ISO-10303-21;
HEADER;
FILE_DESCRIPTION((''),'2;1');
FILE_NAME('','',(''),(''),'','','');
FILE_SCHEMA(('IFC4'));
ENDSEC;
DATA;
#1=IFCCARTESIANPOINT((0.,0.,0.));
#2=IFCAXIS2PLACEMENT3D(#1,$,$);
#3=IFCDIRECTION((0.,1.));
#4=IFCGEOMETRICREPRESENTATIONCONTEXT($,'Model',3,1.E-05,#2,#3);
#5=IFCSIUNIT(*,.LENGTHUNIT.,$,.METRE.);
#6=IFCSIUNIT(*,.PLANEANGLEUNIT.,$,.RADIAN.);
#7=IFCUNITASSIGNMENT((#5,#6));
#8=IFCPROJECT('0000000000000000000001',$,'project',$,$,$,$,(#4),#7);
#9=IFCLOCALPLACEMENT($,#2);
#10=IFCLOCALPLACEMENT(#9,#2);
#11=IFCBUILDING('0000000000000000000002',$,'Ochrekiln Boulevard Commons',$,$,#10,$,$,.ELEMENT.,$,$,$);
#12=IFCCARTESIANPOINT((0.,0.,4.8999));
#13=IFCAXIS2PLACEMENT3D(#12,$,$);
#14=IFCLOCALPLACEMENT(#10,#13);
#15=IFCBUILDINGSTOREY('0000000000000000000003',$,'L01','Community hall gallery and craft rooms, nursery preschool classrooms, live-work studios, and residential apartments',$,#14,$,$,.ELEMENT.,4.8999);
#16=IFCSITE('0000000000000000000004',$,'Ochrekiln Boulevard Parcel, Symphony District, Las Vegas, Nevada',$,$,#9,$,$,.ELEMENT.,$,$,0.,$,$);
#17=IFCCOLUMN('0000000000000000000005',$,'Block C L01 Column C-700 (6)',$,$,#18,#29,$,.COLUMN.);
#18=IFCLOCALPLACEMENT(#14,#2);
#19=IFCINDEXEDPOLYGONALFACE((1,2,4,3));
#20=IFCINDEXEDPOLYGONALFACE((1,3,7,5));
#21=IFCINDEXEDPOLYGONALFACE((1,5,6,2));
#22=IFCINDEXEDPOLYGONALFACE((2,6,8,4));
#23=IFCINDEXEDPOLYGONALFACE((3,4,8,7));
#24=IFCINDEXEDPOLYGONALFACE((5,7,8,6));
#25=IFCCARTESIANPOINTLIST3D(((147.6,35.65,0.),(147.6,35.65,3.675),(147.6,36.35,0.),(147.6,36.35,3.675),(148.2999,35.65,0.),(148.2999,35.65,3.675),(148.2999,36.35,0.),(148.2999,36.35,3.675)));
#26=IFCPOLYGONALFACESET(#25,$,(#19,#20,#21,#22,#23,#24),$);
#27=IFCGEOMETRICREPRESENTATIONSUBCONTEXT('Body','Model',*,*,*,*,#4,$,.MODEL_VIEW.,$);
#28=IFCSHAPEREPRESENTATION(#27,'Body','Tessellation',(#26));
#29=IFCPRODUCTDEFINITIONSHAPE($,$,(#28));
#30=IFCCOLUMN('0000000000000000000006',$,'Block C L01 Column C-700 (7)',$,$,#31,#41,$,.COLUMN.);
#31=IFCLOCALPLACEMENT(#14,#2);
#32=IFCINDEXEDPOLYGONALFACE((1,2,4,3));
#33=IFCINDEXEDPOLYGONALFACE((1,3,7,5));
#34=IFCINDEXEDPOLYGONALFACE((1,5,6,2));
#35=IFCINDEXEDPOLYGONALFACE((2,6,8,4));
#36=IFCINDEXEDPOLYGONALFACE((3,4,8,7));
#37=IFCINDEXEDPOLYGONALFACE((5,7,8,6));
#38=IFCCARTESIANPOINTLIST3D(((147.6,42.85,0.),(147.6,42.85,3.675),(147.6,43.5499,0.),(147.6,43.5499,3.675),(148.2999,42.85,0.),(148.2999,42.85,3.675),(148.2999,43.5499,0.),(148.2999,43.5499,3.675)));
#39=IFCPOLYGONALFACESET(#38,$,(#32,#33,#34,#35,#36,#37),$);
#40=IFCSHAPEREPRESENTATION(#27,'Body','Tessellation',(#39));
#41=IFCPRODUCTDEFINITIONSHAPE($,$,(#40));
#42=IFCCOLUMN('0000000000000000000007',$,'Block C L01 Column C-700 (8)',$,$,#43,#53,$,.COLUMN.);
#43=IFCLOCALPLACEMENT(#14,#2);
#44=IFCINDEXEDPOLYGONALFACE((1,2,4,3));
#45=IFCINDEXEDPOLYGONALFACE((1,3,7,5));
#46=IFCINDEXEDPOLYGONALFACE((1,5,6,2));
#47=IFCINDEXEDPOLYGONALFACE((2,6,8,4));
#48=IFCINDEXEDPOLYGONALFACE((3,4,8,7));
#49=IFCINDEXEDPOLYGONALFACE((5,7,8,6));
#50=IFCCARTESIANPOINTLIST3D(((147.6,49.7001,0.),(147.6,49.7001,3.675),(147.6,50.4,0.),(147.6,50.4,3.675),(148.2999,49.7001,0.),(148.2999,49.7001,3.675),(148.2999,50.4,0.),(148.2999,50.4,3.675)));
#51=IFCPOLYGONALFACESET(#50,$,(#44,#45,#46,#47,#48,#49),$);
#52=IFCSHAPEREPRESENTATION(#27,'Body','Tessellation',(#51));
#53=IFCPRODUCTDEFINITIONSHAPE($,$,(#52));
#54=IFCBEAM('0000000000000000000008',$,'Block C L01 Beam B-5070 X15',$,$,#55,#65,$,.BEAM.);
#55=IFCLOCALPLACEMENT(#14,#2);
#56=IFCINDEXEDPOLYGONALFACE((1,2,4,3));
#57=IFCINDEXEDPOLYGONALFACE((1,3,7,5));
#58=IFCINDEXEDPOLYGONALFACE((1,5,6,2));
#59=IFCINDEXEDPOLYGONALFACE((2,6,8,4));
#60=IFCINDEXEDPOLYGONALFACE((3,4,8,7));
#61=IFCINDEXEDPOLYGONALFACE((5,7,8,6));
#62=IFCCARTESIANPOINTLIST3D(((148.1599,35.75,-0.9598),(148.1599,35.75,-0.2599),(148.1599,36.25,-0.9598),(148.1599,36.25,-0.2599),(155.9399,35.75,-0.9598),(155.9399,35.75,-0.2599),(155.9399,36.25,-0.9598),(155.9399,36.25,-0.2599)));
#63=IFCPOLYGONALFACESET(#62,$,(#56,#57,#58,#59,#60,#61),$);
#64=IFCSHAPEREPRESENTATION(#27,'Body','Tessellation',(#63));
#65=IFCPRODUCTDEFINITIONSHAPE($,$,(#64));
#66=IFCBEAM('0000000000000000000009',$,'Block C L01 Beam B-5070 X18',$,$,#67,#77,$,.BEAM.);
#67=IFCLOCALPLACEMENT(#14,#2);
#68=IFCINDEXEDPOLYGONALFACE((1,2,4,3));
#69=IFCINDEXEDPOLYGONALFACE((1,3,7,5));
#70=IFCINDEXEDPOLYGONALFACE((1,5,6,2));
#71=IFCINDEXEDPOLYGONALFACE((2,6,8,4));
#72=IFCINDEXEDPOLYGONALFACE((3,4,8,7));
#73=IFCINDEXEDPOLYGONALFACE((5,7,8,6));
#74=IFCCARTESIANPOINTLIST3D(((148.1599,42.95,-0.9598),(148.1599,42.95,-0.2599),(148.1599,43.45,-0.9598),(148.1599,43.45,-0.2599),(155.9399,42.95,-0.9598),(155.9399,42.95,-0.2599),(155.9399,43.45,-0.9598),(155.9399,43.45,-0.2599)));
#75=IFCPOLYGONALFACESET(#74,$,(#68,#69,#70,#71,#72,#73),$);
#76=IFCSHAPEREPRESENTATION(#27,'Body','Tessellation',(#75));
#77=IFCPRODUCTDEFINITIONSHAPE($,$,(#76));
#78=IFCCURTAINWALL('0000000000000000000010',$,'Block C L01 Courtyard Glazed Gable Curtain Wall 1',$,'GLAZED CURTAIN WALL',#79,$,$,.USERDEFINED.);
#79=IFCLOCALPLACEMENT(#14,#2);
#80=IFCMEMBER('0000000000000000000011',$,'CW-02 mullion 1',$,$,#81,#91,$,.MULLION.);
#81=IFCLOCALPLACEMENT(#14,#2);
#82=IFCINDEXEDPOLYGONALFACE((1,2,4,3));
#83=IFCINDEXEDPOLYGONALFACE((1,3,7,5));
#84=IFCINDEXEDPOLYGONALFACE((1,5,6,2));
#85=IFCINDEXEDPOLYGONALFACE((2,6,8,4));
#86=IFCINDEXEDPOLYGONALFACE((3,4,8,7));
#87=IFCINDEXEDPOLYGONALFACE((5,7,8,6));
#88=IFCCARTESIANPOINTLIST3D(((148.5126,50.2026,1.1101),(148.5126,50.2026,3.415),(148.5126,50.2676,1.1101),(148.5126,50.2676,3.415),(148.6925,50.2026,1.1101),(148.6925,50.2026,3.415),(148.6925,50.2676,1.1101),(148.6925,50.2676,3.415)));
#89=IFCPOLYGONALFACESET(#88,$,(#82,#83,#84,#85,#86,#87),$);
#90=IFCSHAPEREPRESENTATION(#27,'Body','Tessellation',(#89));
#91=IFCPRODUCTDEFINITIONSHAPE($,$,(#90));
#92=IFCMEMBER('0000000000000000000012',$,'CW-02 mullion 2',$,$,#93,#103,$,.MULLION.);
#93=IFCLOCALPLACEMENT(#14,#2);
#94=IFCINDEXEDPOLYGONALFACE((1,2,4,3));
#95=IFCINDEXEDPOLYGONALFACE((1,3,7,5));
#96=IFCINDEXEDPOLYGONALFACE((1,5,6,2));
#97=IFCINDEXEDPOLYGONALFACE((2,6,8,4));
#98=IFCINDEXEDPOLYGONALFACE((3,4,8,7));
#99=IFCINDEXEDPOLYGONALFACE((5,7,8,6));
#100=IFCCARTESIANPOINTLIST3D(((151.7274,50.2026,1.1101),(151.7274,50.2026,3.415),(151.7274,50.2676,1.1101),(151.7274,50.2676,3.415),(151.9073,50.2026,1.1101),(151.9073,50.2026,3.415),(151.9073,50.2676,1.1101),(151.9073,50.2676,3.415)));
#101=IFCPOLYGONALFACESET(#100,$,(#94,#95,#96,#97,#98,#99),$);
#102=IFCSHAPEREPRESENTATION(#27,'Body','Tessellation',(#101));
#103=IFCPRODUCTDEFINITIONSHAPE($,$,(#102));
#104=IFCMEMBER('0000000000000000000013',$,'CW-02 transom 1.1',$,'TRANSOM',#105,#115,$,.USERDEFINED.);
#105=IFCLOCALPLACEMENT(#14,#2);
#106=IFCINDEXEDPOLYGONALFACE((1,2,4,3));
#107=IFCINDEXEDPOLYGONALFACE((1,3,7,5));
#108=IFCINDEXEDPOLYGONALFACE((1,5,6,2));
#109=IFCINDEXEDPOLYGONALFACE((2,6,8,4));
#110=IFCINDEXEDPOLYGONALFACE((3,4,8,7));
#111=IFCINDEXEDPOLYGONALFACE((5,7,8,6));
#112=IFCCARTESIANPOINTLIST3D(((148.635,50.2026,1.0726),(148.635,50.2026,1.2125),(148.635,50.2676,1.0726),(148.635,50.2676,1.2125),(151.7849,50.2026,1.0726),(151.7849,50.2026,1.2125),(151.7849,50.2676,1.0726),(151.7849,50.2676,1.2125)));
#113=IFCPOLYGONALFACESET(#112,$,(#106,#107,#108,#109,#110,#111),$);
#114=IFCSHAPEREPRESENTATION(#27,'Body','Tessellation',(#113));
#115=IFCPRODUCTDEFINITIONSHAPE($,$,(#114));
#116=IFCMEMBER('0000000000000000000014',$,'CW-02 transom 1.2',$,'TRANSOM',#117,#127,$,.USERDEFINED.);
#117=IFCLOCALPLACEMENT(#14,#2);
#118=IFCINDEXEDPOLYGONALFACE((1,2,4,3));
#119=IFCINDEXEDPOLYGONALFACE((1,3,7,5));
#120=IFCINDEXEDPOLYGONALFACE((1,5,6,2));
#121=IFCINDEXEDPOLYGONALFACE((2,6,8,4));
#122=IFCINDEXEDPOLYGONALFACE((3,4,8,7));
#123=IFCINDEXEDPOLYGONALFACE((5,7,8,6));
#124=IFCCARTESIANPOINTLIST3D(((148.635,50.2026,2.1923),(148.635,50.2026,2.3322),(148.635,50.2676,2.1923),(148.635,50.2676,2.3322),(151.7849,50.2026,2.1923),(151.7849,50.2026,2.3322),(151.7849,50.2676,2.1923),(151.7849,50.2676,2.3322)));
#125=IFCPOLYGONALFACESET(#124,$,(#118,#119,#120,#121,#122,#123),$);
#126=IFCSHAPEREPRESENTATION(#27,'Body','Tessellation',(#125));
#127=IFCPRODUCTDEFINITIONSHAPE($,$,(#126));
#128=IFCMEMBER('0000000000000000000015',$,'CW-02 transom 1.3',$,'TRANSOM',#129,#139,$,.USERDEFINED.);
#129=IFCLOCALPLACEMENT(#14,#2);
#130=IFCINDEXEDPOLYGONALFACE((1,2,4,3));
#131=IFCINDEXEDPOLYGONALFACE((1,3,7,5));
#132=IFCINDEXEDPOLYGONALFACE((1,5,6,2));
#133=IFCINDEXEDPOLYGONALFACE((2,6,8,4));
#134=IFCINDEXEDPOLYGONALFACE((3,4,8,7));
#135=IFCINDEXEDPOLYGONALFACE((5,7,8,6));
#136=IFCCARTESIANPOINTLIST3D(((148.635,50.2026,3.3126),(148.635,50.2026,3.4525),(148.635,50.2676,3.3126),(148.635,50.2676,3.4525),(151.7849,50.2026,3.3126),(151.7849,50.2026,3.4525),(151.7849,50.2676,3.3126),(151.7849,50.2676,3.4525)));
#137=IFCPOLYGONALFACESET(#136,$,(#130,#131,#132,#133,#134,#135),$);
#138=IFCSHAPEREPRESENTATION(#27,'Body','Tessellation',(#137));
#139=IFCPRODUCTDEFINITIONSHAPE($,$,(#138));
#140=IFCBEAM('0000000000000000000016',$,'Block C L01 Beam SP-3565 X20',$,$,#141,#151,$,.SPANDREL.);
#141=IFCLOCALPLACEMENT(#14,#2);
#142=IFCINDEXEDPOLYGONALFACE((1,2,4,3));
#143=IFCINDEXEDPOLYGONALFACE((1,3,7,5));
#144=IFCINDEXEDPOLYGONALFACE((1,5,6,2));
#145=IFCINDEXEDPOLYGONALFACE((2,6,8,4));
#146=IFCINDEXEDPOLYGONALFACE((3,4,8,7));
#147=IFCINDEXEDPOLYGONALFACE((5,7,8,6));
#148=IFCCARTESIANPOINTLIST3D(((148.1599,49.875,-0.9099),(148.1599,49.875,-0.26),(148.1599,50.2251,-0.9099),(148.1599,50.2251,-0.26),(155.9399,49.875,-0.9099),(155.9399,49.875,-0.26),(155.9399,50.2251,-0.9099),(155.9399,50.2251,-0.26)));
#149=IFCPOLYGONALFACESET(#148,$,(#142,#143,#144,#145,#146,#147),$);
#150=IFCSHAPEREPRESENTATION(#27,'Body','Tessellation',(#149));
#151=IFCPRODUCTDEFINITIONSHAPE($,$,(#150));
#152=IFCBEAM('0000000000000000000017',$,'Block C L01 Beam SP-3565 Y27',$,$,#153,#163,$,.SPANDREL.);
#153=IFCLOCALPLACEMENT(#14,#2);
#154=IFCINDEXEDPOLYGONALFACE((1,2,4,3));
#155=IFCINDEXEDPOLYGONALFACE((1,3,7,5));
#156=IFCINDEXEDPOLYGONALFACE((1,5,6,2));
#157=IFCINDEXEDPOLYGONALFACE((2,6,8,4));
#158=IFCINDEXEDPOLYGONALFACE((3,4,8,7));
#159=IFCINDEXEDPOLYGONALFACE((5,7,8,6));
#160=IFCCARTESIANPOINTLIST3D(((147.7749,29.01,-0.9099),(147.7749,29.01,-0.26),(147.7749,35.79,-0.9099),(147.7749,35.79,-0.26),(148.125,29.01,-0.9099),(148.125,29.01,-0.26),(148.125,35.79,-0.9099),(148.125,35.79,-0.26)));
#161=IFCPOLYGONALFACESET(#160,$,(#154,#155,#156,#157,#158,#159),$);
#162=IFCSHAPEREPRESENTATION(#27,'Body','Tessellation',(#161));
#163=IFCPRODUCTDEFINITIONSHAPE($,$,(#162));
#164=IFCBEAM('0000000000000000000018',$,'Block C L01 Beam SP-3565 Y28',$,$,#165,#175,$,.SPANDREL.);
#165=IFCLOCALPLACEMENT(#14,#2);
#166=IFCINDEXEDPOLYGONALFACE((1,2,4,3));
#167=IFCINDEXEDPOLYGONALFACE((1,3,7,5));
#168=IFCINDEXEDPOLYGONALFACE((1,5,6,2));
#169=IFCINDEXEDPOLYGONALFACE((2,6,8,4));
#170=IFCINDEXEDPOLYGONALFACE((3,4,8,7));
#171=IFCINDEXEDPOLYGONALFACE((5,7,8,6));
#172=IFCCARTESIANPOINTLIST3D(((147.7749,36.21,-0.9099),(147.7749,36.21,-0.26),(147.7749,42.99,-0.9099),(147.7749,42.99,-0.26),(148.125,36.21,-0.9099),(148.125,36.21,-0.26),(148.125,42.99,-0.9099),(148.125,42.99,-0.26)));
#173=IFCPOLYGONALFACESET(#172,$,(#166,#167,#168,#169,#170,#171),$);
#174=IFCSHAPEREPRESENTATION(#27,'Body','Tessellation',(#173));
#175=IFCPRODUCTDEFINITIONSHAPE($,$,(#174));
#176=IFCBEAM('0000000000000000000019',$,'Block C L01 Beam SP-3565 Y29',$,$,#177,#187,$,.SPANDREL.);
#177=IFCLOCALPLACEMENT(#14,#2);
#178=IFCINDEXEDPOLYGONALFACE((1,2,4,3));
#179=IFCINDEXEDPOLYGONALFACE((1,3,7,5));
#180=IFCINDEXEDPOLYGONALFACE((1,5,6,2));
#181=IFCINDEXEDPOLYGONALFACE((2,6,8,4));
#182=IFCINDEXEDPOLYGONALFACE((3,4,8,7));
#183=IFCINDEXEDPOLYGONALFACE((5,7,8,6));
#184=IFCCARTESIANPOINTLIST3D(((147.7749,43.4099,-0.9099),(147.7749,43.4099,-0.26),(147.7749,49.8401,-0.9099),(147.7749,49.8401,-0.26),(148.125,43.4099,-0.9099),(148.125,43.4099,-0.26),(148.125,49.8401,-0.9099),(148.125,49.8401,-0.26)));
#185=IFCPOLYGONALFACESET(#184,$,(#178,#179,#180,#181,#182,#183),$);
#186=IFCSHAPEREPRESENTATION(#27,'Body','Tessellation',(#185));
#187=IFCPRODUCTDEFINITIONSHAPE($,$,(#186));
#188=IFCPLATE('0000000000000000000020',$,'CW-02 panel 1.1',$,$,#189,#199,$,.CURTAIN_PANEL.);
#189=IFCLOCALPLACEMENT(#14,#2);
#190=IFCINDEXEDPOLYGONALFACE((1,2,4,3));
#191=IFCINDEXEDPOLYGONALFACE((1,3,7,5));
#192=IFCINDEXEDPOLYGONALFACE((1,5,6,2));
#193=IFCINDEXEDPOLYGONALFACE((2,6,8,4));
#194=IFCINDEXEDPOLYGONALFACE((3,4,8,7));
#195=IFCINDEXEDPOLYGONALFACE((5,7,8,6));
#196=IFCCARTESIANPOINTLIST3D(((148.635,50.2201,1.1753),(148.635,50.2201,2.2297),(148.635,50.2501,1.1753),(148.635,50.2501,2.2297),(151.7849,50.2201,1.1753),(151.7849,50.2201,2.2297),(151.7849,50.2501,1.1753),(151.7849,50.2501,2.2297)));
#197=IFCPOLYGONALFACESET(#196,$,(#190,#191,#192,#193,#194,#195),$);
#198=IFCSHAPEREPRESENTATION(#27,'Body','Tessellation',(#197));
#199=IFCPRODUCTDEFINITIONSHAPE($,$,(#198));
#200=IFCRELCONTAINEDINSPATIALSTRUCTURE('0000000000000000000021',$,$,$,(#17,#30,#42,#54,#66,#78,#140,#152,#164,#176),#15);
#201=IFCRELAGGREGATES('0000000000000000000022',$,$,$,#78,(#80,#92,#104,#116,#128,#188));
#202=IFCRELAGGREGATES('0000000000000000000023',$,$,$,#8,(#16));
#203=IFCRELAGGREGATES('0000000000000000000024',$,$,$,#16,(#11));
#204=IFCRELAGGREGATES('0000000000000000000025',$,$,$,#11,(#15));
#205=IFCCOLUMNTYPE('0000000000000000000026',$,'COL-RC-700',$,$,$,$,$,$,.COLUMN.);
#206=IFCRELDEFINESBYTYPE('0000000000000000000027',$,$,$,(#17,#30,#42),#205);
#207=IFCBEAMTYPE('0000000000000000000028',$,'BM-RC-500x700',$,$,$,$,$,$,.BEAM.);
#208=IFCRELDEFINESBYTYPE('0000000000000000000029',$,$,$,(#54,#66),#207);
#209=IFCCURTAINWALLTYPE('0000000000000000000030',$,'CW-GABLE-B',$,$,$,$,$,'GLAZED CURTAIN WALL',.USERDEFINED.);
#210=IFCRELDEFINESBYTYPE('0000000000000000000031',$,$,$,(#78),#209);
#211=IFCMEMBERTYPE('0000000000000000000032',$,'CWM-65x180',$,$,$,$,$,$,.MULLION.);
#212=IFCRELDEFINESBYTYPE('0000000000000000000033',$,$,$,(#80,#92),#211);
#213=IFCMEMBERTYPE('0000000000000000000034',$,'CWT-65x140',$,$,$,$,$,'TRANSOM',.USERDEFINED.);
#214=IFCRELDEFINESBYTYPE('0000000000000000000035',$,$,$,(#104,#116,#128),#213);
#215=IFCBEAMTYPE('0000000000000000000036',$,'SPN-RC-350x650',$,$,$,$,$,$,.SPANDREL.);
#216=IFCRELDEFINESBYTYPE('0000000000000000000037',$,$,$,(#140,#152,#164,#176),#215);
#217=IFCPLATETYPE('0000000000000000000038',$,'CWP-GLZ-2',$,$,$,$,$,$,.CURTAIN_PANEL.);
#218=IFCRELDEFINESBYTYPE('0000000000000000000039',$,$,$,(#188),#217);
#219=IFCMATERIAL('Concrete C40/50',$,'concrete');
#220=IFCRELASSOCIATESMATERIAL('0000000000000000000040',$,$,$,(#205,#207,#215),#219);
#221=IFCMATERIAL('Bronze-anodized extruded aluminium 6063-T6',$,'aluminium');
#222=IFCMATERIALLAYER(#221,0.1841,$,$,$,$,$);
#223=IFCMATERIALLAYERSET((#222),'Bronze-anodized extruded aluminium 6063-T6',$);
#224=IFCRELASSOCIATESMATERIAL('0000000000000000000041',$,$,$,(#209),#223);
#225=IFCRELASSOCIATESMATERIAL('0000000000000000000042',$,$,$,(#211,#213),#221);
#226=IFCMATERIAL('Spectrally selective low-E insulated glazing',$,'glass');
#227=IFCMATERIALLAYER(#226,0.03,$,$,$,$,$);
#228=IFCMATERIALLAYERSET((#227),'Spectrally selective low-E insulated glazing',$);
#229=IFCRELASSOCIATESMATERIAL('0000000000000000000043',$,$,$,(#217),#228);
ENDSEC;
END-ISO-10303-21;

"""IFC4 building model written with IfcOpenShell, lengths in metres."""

from ifc_helpers import new_model, si_unit, direction, frame, origin, origin_2d, place, context, subcontext, project, spatial, rectangle, extrude, material, layer, layer_set, material_profile, profile_set, type_object, element, aggregate, save


model = new_model("IFC4")

# Units and contexts
model_context = context("Model", 3, precision=1e-05, world=origin(), true_north=direction((0.0, 1.0)))
body_context = subcontext(model_context, "Body", "Model", "MODEL_VIEW")
ifc_project = project(units=[si_unit("LENGTHUNIT", "METRE"), si_unit("PLANEANGLEUNIT", "RADIAN")], contexts=[model_context])

# Site, building, storey
site_placement = place(None, origin())
site = spatial("IfcSite", under=ifc_project, at=site_placement, Name="Ochrekiln Boulevard Parcel, Symphony District, Las Vegas, Nevada", CompositionType="ELEMENT", RefElevation=0.0)
building_placement = place(site_placement, origin())
building = spatial("IfcBuilding", under=site, at=building_placement, Name="Ochrekiln Boulevard Commons", CompositionType="ELEMENT")
storey_placement = place(building_placement, frame((0.0, 0.0, 4.8999)))
storey = spatial("IfcBuildingStorey", under=building, at=storey_placement, Name="L01", Description="Community hall gallery and craft rooms, nursery preschool classrooms, live-work studios, and residential apartments", CompositionType="ELEMENT", Elevation=4.8999)

# Columns
ifc_material_1 = material(Name="Concrete C40/50", Category="concrete")
ifc_material_profile_1 = material_profile(ifc_material_1, rectangle(XDim=0.7, YDim=0.7, at=origin_2d()), Name="RC-COL-700x700")
ifc_profile_set_1 = profile_set([ifc_material_profile_1], Name="Concrete C40/50")
column_type = type_object("IfcColumnType", Name="COL-RC-700", PredefinedType="COLUMN", material=ifc_profile_set_1)
for number, where, z_axis, x_axis, name in (
    (1, (147.95, 36.0, 0.0), (0.0, 0.0, 1.0), (1.0, 0.0, 0.0), "Block C L01 Column C-700 (6)"),
    (2, (147.95, 43.2, 0.0), (0.0, 0.0, 1.0), (1.0, 0.0, 0.0), "Block C L01 Column C-700 (7)"),
    (3, (147.95, 50.05, 0.0), (0.0, 0.0, 1.0), (1.0, 0.0, 0.0), "Block C L01 Column C-700 (8)"),
):
    element("IfcColumn", number, at=place(storey_placement, frame(where, z_axis=z_axis, x_axis=x_axis)), inside=storey, type_object=column_type, Name=name, PredefinedType="COLUMN", context=body_context, shape_type="SweptSolid", body=[
        extrude(rectangle(XDim=0.7, YDim=0.7, at=origin_2d()), origin(), (0.0, 0.0, 1.0), 3.675),
    ])

# Beams
ifc_material_profile_2 = material_profile(ifc_material_1, rectangle(XDim=0.5, YDim=0.7, at=origin_2d()), Name="RC-BM-500x700")
ifc_profile_set_2 = profile_set([ifc_material_profile_2], Name="Concrete C40/50")
beam_type_1 = type_object("IfcBeamType", Name="BM-RC-500x700", PredefinedType="BEAM", material=ifc_profile_set_2)
for number, where, z_axis, x_axis, name in (
    (4, (148.1599, 36.0, -0.6099), (1.0, 0.0, 0.0), (0.0, 1.0, 0.0), "Block C L01 Beam B-5070 X15"),
    (5, (148.1599, 43.2, -0.6099), (1.0, 0.0, 0.0), (0.0, 1.0, 0.0), "Block C L01 Beam B-5070 X18"),
):
    element("IfcBeam", number, at=place(storey_placement, frame(where, z_axis=z_axis, x_axis=x_axis)), inside=storey, type_object=beam_type_1, Name=name, PredefinedType="BEAM", context=body_context, shape_type="SweptSolid", body=[
        extrude(rectangle(XDim=0.5, YDim=0.7, at=origin_2d()), origin(), (0.0, 0.0, 1.0), 7.78),
    ])

# Curtain wall, members
ifc_material_2 = material(Name="Bronze-anodized extruded aluminium 6063-T6", Category="aluminium")
ifc_layer_1 = layer(ifc_material_2, 0.1841)
ifc_layer_set_1 = layer_set([ifc_layer_1], Name="Bronze-anodized extruded aluminium 6063-T6")
curtain_wall_type = type_object("IfcCurtainWallType", Name="CW-GABLE-B", ElementType="GLAZED CURTAIN WALL", PredefinedType="USERDEFINED", material=ifc_layer_set_1)
curtain_wall_placement = place(storey_placement, origin())
curtain_wall = element("IfcCurtainWall", 6, at=curtain_wall_placement, inside=storey, type_object=curtain_wall_type, Name="Block C L01 Courtyard Glazed Gable Curtain Wall 1", ObjectType="GLAZED CURTAIN WALL", PredefinedType="USERDEFINED")
ifc_material_profile_3 = material_profile(ifc_material_2, rectangle(XDim=0.0649, YDim=0.1799, at=origin_2d()), Name="ALU-MUL-65x180")
ifc_profile_set_3 = profile_set([ifc_material_profile_3], Name="Bronze-anodized extruded aluminium 6063-T6")
member_type_1 = type_object("IfcMemberType", Name="CWM-65x180", PredefinedType="MULLION", material=ifc_profile_set_3)
member_1_placement = place(storey_placement, frame((148.6025, 50.2351, 1.1101), z_axis=(0.0, 0.0, 1.0), x_axis=(0.0, 1.0, 0.0)))
member_1 = element("IfcMember", 7, at=member_1_placement, type_object=member_type_1, Name="CW-02 mullion 1", PredefinedType="MULLION", context=body_context, shape_type="SweptSolid", body=[
    extrude(rectangle(XDim=0.0649, YDim=0.1799, at=origin_2d()), origin(), (0.0, 0.0, 1.0), 2.3049),
])
member_2_placement = place(storey_placement, frame((151.8174, 50.2351, 1.1101), z_axis=(0.0, 0.0, 1.0), x_axis=(0.0, 1.0, 0.0)))
member_2 = element("IfcMember", 8, at=member_2_placement, type_object=member_type_1, Name="CW-02 mullion 2", PredefinedType="MULLION", context=body_context, shape_type="SweptSolid", body=[
    extrude(rectangle(XDim=0.0649, YDim=0.1799, at=origin_2d()), origin(), (0.0, 0.0, 1.0), 2.3049),
])
ifc_material_profile_4 = material_profile(ifc_material_2, rectangle(XDim=0.0649, YDim=0.1399, at=origin_2d()), Name="ALU-TRN-65x140")
ifc_profile_set_4 = profile_set([ifc_material_profile_4], Name="Bronze-anodized extruded aluminium 6063-T6")
member_type_2 = type_object("IfcMemberType", Name="CWT-65x140", ElementType="TRANSOM", PredefinedType="USERDEFINED", material=ifc_profile_set_4)
member_3_placement = place(storey_placement, frame((148.635, 50.2351, 1.1426), z_axis=(1.0, 0.0, 0.0), x_axis=(0.0, 1.0, 0.0)))
member_3 = element("IfcMember", 9, at=member_3_placement, type_object=member_type_2, Name="CW-02 transom 1.1", ObjectType="TRANSOM", PredefinedType="USERDEFINED", context=body_context, shape_type="SweptSolid", body=[
    extrude(rectangle(XDim=0.0649, YDim=0.1399, at=origin_2d()), origin(), (0.0, 0.0, 1.0), 3.1499),
])
member_4_placement = place(storey_placement, frame((148.635, 50.2351, 2.2622), z_axis=(1.0, 0.0, 0.0), x_axis=(0.0, 1.0, 0.0)))
member_4 = element("IfcMember", 10, at=member_4_placement, type_object=member_type_2, Name="CW-02 transom 1.2", ObjectType="TRANSOM", PredefinedType="USERDEFINED", context=body_context, shape_type="SweptSolid", body=[
    extrude(rectangle(XDim=0.0649, YDim=0.1399, at=origin_2d()), origin(), (0.0, 0.0, 1.0), 3.1499),
])
member_5_placement = place(storey_placement, frame((148.635, 50.2351, 3.3826), z_axis=(1.0, 0.0, 0.0), x_axis=(0.0, 1.0, 0.0)))
member_5 = element("IfcMember", 11, at=member_5_placement, type_object=member_type_2, Name="CW-02 transom 1.3", ObjectType="TRANSOM", PredefinedType="USERDEFINED", context=body_context, shape_type="SweptSolid", body=[
    extrude(rectangle(XDim=0.0649, YDim=0.1399, at=origin_2d()), origin(), (0.0, 0.0, 1.0), 3.1499),
])

# Beams
ifc_material_profile_5 = material_profile(ifc_material_1, rectangle(XDim=0.3501, YDim=0.6499, at=origin_2d()), Name="RC-SPN-350x650")
ifc_profile_set_5 = profile_set([ifc_material_profile_5], Name="Concrete C40/50")
beam_type_2 = type_object("IfcBeamType", Name="SPN-RC-350x650", PredefinedType="SPANDREL", material=ifc_profile_set_5)
beam_1_placement = place(storey_placement, frame((148.1599, 50.05, -0.585), z_axis=(1.0, 0.0, 0.0), x_axis=(0.0, 1.0, 0.0)))
element("IfcBeam", 12, at=beam_1_placement, inside=storey, type_object=beam_type_2, Name="Block C L01 Beam SP-3565 X20", PredefinedType="SPANDREL", context=body_context, shape_type="SweptSolid", body=[
    extrude(rectangle(XDim=0.3501, YDim=0.6499, at=origin_2d()), origin(), (0.0, 0.0, 1.0), 7.78),
])
for number, where, z_axis, x_axis, name in (
    (13, (147.95, 29.01, -0.585), (0.0, 1.0, 0.0), (-1.0, 0.0, 0.0), "Block C L01 Beam SP-3565 Y27"),
    (14, (147.95, 36.21, -0.585), (0.0, 1.0, 0.0), (-1.0, 0.0, 0.0), "Block C L01 Beam SP-3565 Y28"),
):
    element("IfcBeam", number, at=place(storey_placement, frame(where, z_axis=z_axis, x_axis=x_axis)), inside=storey, type_object=beam_type_2, Name=name, PredefinedType="SPANDREL", context=body_context, shape_type="SweptSolid", body=[
        extrude(rectangle(XDim=0.3501, YDim=0.6499, at=origin_2d()), origin(), (0.0, 0.0, 1.0), 6.78),
    ])
beam_2_placement = place(storey_placement, frame((147.95, 43.4099, -0.585), z_axis=(0.0, 1.0, 0.0), x_axis=(-1.0, 0.0, 0.0)))
element("IfcBeam", 15, at=beam_2_placement, inside=storey, type_object=beam_type_2, Name="Block C L01 Beam SP-3565 Y29", PredefinedType="SPANDREL", context=body_context, shape_type="SweptSolid", body=[
    extrude(rectangle(XDim=0.3501, YDim=0.6499, at=origin_2d()), origin(), (0.0, 0.0, 1.0), 6.4302),
])

# Plate
ifc_material_3 = material(Name="Spectrally selective low-E insulated glazing", Category="glass")
ifc_layer_2 = layer(ifc_material_3, 0.03)
ifc_layer_set_2 = layer_set([ifc_layer_2], Name="Spectrally selective low-E insulated glazing")
plate_type = type_object("IfcPlateType", Name="CWP-GLZ-2", PredefinedType="CURTAIN_PANEL", material=ifc_layer_set_2)
plate_1_placement = place(storey_placement, frame((150.21, 50.2351, 1.1753), z_axis=(0.0, 0.0, 1.0), x_axis=(1.0, 0.0, 0.0)))
plate_1 = element("IfcPlate", 16, at=plate_1_placement, type_object=plate_type, Name="CW-02 panel 1.1", PredefinedType="CURTAIN_PANEL", context=body_context, shape_type="SweptSolid", body=[
    extrude(rectangle(XDim=3.1499, YDim=0.03, at=origin_2d()), origin(), (0.0, 0.0, 1.0), 1.0544),
])
aggregate(curtain_wall, [member_1, member_2, member_3, member_4, member_5, plate_1])

save(model, "model.ifc")
